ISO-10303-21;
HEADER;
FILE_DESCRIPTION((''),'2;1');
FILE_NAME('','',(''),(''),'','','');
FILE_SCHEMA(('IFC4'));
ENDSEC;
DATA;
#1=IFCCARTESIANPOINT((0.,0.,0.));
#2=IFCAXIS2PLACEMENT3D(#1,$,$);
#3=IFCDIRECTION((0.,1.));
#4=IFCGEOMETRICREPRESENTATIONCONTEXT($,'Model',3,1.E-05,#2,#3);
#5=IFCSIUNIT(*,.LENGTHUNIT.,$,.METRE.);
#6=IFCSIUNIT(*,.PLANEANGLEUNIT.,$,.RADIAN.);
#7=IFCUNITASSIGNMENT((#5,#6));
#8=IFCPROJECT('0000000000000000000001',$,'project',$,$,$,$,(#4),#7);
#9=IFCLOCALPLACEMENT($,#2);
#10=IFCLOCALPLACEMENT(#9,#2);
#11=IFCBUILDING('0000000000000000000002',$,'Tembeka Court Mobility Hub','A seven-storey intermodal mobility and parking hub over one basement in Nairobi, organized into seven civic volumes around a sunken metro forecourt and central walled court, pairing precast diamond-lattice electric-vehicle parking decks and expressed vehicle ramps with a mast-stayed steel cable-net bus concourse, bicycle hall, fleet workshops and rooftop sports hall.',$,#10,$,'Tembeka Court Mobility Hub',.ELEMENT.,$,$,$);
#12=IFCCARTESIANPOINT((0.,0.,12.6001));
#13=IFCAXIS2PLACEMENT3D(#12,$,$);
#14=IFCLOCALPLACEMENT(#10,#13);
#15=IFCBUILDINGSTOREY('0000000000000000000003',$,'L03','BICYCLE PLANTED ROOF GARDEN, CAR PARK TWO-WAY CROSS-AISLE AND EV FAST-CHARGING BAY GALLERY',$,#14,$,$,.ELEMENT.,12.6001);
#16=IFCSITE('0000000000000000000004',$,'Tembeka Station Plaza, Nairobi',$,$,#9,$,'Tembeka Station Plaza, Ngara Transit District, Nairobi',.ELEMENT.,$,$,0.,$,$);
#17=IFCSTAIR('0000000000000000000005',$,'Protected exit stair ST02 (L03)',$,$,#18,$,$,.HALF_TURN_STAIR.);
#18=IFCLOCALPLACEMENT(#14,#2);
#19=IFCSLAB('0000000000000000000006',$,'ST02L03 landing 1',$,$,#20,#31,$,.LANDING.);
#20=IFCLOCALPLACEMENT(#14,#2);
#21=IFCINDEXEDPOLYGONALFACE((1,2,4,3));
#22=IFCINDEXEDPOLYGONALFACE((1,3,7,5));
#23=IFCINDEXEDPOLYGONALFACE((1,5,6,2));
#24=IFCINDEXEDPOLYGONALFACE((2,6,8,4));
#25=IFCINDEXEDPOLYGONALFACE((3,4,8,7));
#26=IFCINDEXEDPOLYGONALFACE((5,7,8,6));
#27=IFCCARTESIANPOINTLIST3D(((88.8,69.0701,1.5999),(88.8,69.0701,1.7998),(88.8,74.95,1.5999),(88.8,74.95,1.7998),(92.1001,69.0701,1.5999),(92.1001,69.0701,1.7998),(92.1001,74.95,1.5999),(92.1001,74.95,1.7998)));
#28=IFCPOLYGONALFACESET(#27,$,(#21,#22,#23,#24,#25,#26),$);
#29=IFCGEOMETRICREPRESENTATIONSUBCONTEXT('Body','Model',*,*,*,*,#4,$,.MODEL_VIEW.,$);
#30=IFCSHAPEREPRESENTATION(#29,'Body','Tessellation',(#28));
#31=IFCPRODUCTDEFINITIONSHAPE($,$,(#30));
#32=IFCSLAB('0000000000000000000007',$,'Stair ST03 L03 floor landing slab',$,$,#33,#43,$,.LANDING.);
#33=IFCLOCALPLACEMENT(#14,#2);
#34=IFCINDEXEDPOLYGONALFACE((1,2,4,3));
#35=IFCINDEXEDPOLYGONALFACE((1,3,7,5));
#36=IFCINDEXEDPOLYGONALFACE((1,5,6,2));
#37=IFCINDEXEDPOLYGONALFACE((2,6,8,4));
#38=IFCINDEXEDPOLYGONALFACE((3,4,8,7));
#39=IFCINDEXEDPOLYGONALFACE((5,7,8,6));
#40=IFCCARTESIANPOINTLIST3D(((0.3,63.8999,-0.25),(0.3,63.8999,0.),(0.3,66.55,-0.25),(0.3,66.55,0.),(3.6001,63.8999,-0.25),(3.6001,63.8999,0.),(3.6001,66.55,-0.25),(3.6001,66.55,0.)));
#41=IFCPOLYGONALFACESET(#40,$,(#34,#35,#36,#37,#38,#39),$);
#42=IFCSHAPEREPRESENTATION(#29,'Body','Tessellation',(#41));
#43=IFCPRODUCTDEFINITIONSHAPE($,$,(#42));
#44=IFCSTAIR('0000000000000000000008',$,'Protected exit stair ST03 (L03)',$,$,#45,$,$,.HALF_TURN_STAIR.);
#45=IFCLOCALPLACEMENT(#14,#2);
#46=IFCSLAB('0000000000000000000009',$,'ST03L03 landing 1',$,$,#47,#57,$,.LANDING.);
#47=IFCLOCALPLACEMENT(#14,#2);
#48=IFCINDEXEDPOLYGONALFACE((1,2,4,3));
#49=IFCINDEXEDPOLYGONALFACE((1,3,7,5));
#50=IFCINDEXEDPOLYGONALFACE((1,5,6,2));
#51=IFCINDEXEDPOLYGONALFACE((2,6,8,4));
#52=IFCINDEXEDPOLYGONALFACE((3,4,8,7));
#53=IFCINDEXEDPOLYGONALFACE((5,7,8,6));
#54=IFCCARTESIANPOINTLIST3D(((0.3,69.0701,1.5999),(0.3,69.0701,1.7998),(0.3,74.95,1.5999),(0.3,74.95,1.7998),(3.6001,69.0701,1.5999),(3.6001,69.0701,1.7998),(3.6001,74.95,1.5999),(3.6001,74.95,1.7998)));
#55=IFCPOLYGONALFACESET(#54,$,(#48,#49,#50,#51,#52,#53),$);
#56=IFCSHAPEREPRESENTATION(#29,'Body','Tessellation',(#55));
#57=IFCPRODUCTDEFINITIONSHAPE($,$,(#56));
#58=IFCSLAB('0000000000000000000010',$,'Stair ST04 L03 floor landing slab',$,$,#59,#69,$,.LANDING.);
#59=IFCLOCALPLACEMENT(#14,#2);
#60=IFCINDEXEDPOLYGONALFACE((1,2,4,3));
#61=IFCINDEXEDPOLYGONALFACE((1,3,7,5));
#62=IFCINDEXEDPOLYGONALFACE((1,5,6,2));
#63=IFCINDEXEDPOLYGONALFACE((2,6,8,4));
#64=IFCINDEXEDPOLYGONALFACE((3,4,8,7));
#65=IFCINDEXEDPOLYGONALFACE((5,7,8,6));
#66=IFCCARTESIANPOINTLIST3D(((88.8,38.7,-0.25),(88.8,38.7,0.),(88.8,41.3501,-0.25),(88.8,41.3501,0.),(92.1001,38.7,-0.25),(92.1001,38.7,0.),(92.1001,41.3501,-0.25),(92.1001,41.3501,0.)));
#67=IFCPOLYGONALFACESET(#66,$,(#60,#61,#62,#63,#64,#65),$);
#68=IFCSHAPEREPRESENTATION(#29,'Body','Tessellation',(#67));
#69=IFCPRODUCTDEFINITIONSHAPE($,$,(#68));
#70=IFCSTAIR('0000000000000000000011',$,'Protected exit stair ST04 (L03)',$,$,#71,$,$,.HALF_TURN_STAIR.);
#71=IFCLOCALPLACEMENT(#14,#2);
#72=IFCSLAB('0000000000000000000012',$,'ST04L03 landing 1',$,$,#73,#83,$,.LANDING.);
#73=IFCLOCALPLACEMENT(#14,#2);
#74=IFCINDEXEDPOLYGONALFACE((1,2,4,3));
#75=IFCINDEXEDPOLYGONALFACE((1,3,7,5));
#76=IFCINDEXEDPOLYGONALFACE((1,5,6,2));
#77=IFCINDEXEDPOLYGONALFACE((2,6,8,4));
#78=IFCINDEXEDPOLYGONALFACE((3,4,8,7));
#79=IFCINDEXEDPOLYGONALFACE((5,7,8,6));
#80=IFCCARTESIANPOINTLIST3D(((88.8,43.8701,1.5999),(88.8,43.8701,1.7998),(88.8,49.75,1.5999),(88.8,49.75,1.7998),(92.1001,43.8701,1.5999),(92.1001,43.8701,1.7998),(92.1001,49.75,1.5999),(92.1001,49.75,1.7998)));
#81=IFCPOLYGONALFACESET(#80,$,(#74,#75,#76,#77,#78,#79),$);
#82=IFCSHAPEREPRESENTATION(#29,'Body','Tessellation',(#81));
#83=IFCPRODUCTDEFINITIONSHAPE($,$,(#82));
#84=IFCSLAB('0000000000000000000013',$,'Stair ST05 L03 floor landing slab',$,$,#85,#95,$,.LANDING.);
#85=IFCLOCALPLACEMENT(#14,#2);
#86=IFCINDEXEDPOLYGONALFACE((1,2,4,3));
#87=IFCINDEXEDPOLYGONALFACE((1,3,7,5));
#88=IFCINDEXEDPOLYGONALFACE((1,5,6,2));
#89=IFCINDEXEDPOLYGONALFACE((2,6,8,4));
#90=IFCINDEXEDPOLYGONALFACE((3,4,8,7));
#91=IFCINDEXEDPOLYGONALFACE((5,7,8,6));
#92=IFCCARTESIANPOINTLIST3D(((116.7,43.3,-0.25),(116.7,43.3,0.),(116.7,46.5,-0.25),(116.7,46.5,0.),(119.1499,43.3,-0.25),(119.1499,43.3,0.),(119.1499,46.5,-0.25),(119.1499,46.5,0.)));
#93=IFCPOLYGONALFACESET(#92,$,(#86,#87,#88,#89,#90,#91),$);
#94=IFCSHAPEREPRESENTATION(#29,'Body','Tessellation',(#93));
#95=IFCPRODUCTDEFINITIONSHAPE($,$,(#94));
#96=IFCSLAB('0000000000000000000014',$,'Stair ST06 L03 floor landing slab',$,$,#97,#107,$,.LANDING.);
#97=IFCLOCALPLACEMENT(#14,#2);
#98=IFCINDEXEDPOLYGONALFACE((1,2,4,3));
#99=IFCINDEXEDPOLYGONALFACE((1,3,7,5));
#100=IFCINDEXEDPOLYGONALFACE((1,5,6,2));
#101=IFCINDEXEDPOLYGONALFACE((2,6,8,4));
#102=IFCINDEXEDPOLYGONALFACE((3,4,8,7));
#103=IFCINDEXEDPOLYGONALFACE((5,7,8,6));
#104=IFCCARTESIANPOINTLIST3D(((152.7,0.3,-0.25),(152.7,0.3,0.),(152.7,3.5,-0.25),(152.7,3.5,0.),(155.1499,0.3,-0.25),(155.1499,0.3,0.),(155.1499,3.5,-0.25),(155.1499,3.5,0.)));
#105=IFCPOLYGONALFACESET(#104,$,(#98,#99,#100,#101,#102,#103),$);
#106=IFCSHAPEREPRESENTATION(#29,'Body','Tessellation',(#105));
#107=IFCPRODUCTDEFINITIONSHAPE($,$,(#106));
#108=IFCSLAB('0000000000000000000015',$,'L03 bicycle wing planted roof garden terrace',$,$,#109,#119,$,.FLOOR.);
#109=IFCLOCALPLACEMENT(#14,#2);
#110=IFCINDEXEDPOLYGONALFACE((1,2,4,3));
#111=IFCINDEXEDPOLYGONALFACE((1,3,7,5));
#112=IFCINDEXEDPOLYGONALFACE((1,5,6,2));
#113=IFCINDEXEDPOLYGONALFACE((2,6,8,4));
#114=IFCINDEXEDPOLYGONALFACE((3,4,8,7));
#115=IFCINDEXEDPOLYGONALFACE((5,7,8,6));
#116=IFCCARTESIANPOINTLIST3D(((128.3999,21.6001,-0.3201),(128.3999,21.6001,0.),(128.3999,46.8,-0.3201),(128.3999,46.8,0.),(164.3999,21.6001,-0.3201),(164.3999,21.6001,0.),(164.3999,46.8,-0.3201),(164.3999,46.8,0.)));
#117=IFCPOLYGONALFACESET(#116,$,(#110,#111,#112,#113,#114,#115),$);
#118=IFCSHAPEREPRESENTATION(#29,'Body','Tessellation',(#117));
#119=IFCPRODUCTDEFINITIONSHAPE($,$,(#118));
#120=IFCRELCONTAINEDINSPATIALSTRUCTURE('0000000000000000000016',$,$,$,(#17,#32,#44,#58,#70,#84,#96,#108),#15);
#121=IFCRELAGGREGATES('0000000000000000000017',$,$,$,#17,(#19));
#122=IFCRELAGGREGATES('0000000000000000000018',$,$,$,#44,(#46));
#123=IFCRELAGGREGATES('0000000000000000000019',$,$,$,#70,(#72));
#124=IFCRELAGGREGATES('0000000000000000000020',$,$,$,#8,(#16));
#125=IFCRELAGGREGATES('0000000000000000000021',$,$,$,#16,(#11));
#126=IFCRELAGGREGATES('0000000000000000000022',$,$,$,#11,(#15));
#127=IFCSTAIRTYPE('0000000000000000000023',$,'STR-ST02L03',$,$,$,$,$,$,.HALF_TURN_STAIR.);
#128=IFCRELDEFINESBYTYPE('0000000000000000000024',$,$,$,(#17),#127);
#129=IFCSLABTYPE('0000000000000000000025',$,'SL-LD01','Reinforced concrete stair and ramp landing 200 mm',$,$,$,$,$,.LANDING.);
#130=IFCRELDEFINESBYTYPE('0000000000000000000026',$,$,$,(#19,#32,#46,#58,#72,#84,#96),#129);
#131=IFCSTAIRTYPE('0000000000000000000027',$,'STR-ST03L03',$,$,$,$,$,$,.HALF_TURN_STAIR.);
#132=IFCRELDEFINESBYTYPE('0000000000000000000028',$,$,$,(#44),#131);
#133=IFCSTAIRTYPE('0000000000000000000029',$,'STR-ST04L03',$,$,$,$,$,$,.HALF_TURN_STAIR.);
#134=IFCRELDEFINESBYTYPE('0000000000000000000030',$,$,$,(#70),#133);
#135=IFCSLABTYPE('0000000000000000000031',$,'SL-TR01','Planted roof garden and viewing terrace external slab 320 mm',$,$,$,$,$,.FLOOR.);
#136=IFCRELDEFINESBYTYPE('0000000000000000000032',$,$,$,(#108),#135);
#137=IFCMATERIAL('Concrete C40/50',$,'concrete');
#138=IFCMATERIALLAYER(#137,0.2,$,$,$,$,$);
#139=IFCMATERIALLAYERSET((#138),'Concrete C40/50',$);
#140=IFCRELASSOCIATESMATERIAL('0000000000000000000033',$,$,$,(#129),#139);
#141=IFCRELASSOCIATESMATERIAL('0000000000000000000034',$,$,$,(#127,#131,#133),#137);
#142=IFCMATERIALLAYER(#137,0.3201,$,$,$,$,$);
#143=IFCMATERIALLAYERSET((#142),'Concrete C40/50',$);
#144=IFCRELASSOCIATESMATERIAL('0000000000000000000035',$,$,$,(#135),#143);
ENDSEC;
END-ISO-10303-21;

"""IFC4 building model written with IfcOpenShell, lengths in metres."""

from ifc_helpers import new_model, si_unit, direction, frame, origin, place, context, subcontext, project, spatial, polyline, outline, extrude, material, layer, layer_set, type_object, element, aggregate, save


model = new_model("IFC4")

# Units and contexts
model_context = context("Model", 3, precision=1e-05, world=origin(), true_north=direction((0.0, 1.0)))
body_context = subcontext(model_context, "Body", "Model", "MODEL_VIEW")
ifc_project = project(units=[si_unit("LENGTHUNIT", "METRE"), si_unit("PLANEANGLEUNIT", "RADIAN")], contexts=[model_context])

# Site, building, storey
site_placement = place(None, origin())
site = spatial("IfcSite", under=ifc_project, at=site_placement, Name="Tembeka Station Plaza, Nairobi", LongName="Tembeka Station Plaza, Ngara Transit District, Nairobi", CompositionType="ELEMENT", RefElevation=0.0)
building_placement = place(site_placement, origin())
building = spatial("IfcBuilding", under=site, at=building_placement, Name="Tembeka Court Mobility Hub", Description="A seven-storey intermodal mobility and parking hub over one basement in Nairobi, organized into seven civic volumes around a sunken metro forecourt and central walled court, pairing precast diamond-lattice electric-vehicle parking decks and expressed vehicle ramps with a mast-stayed steel cable-net bus concourse, bicycle hall, fleet workshops and rooftop sports hall.", LongName="Tembeka Court Mobility Hub", CompositionType="ELEMENT")
storey_placement = place(building_placement, frame((0.0, 0.0, 12.6001)))
storey = spatial("IfcBuildingStorey", under=building, at=storey_placement, Name="L03", Description="BICYCLE PLANTED ROOF GARDEN, CAR PARK TWO-WAY CROSS-AISLE AND EV FAST-CHARGING BAY GALLERY", CompositionType="ELEMENT", Elevation=12.6001)

# Shared definitions
ifc_material_1 = material(Name="Concrete C40/50", Category="concrete")
ifc_layer_1 = layer(ifc_material_1, 0.2)
ifc_layer_set_1 = layer_set([ifc_layer_1], Name="Concrete C40/50")
slab_type_1 = type_object("IfcSlabType", Name="SL-LD01", Description="Reinforced concrete stair and ramp landing 200 mm", PredefinedType="LANDING", material=ifc_layer_set_1)

# Stair, slab
stair_type_1 = type_object("IfcStairType", Name="STR-ST02L03", PredefinedType="HALF_TURN_STAIR", material=ifc_material_1)
stair_1_placement = place(storey_placement, origin())
stair_1 = element("IfcStair", 1, at=stair_1_placement, inside=storey, type_object=stair_type_1, Name="Protected exit stair ST02 (L03)", PredefinedType="HALF_TURN_STAIR")
slab_1_placement = place(storey_placement, frame((0.0, 0.0, 1.5999)))
slab_1 = element("IfcSlab", 2, at=slab_1_placement, type_object=slab_type_1, Name="ST02L03 landing 1", PredefinedType="LANDING", context=body_context, shape_type="SweptSolid", body=[
    extrude(outline(polyline([(92.1001, 69.0701), (92.1001, 74.95), (88.8, 74.95), (88.8, 69.0701), (92.1001, 69.0701)])), origin(), (0.0, 0.0, 1.0), 0.2),
])
aggregate(stair_1, [slab_1])

# Slab
slab_2_placement = place(storey_placement, frame((0.0, 0.0, -0.25)))
element("IfcSlab", 3, at=slab_2_placement, inside=storey, type_object=slab_type_1, Name="Stair ST03 L03 floor landing slab", PredefinedType="LANDING", context=body_context, shape_type="SweptSolid", body=[
    extrude(outline(polyline([(0.3, 63.8999), (3.6001, 63.8999), (3.6001, 66.55), (0.3, 66.55), (0.3, 63.8999)])), origin(), (0.0, 0.0, 1.0), 0.25),
])

# Stair, slab
stair_type_2 = type_object("IfcStairType", Name="STR-ST03L03", PredefinedType="HALF_TURN_STAIR", material=ifc_material_1)
stair_2_placement = place(storey_placement, origin())
stair_2 = element("IfcStair", 4, at=stair_2_placement, inside=storey, type_object=stair_type_2, Name="Protected exit stair ST03 (L03)", PredefinedType="HALF_TURN_STAIR")
slab_3_placement = place(storey_placement, frame((0.0, 0.0, 1.5999)))
slab_3 = element("IfcSlab", 5, at=slab_3_placement, type_object=slab_type_1, Name="ST03L03 landing 1", PredefinedType="LANDING", context=body_context, shape_type="SweptSolid", body=[
    extrude(outline(polyline([(3.6001, 69.0701), (3.6001, 74.95), (0.3, 74.95), (0.3, 69.0701), (3.6001, 69.0701)])), origin(), (0.0, 0.0, 1.0), 0.2),
])
aggregate(stair_2, [slab_3])

# Slab
slab_4_placement = place(storey_placement, frame((0.0, 0.0, -0.25)))
element("IfcSlab", 6, at=slab_4_placement, inside=storey, type_object=slab_type_1, Name="Stair ST04 L03 floor landing slab", PredefinedType="LANDING", context=body_context, shape_type="SweptSolid", body=[
    extrude(outline(polyline([(88.8, 38.7), (92.1001, 38.7), (92.1001, 41.3501), (88.8, 41.3501), (88.8, 38.7)])), origin(), (0.0, 0.0, 1.0), 0.25),
])

# Stair, slab
stair_type_3 = type_object("IfcStairType", Name="STR-ST04L03", PredefinedType="HALF_TURN_STAIR", material=ifc_material_1)
stair_3_placement = place(storey_placement, origin())
stair_3 = element("IfcStair", 7, at=stair_3_placement, inside=storey, type_object=stair_type_3, Name="Protected exit stair ST04 (L03)", PredefinedType="HALF_TURN_STAIR")
slab_5_placement = place(storey_placement, frame((0.0, 0.0, 1.5999)))
slab_5 = element("IfcSlab", 8, at=slab_5_placement, type_object=slab_type_1, Name="ST04L03 landing 1", PredefinedType="LANDING", context=body_context, shape_type="SweptSolid", body=[
    extrude(outline(polyline([(92.1001, 43.8701), (92.1001, 49.75), (88.8, 49.75), (88.8, 43.8701), (92.1001, 43.8701)])), origin(), (0.0, 0.0, 1.0), 0.2),
])
aggregate(stair_3, [slab_5])

# Slabs
slab_6_placement = place(storey_placement, frame((0.0, 0.0, -0.25)))
element("IfcSlab", 9, at=slab_6_placement, inside=storey, type_object=slab_type_1, Name="Stair ST05 L03 floor landing slab", PredefinedType="LANDING", context=body_context, shape_type="SweptSolid", body=[
    extrude(outline(polyline([(116.7, 43.3), (119.1499, 43.3), (119.1499, 46.5), (116.7, 46.5), (116.7, 43.3)])), origin(), (0.0, 0.0, 1.0), 0.25),
])
slab_7_placement = place(storey_placement, frame((0.0, 0.0, -0.25)))
element("IfcSlab", 10, at=slab_7_placement, inside=storey, type_object=slab_type_1, Name="Stair ST06 L03 floor landing slab", PredefinedType="LANDING", context=body_context, shape_type="SweptSolid", body=[
    extrude(outline(polyline([(152.7, 0.3), (155.1499, 0.3), (155.1499, 3.5), (152.7, 3.5), (152.7, 0.3)])), origin(), (0.0, 0.0, 1.0), 0.25),
])
ifc_layer_2 = layer(ifc_material_1, 0.3201)
ifc_layer_set_2 = layer_set([ifc_layer_2], Name="Concrete C40/50")
slab_type_2 = type_object("IfcSlabType", Name="SL-TR01", Description="Planted roof garden and viewing terrace external slab 320 mm", PredefinedType="FLOOR", material=ifc_layer_set_2)
slab_8_placement = place(storey_placement, frame((0.0, 0.0, -0.3201)))
element("IfcSlab", 11, at=slab_8_placement, inside=storey, type_object=slab_type_2, Name="L03 bicycle wing planted roof garden terrace", PredefinedType="FLOOR", context=body_context, shape_type="SweptSolid", body=[
    extrude(outline(polyline([(128.3999, 21.6001), (164.3999, 21.6001), (164.3999, 46.8), (128.3999, 46.8), (128.3999, 21.6001)])), origin(), (0.0, 0.0, 1.0), 0.3201),
])

save(model, "model.ifc")
